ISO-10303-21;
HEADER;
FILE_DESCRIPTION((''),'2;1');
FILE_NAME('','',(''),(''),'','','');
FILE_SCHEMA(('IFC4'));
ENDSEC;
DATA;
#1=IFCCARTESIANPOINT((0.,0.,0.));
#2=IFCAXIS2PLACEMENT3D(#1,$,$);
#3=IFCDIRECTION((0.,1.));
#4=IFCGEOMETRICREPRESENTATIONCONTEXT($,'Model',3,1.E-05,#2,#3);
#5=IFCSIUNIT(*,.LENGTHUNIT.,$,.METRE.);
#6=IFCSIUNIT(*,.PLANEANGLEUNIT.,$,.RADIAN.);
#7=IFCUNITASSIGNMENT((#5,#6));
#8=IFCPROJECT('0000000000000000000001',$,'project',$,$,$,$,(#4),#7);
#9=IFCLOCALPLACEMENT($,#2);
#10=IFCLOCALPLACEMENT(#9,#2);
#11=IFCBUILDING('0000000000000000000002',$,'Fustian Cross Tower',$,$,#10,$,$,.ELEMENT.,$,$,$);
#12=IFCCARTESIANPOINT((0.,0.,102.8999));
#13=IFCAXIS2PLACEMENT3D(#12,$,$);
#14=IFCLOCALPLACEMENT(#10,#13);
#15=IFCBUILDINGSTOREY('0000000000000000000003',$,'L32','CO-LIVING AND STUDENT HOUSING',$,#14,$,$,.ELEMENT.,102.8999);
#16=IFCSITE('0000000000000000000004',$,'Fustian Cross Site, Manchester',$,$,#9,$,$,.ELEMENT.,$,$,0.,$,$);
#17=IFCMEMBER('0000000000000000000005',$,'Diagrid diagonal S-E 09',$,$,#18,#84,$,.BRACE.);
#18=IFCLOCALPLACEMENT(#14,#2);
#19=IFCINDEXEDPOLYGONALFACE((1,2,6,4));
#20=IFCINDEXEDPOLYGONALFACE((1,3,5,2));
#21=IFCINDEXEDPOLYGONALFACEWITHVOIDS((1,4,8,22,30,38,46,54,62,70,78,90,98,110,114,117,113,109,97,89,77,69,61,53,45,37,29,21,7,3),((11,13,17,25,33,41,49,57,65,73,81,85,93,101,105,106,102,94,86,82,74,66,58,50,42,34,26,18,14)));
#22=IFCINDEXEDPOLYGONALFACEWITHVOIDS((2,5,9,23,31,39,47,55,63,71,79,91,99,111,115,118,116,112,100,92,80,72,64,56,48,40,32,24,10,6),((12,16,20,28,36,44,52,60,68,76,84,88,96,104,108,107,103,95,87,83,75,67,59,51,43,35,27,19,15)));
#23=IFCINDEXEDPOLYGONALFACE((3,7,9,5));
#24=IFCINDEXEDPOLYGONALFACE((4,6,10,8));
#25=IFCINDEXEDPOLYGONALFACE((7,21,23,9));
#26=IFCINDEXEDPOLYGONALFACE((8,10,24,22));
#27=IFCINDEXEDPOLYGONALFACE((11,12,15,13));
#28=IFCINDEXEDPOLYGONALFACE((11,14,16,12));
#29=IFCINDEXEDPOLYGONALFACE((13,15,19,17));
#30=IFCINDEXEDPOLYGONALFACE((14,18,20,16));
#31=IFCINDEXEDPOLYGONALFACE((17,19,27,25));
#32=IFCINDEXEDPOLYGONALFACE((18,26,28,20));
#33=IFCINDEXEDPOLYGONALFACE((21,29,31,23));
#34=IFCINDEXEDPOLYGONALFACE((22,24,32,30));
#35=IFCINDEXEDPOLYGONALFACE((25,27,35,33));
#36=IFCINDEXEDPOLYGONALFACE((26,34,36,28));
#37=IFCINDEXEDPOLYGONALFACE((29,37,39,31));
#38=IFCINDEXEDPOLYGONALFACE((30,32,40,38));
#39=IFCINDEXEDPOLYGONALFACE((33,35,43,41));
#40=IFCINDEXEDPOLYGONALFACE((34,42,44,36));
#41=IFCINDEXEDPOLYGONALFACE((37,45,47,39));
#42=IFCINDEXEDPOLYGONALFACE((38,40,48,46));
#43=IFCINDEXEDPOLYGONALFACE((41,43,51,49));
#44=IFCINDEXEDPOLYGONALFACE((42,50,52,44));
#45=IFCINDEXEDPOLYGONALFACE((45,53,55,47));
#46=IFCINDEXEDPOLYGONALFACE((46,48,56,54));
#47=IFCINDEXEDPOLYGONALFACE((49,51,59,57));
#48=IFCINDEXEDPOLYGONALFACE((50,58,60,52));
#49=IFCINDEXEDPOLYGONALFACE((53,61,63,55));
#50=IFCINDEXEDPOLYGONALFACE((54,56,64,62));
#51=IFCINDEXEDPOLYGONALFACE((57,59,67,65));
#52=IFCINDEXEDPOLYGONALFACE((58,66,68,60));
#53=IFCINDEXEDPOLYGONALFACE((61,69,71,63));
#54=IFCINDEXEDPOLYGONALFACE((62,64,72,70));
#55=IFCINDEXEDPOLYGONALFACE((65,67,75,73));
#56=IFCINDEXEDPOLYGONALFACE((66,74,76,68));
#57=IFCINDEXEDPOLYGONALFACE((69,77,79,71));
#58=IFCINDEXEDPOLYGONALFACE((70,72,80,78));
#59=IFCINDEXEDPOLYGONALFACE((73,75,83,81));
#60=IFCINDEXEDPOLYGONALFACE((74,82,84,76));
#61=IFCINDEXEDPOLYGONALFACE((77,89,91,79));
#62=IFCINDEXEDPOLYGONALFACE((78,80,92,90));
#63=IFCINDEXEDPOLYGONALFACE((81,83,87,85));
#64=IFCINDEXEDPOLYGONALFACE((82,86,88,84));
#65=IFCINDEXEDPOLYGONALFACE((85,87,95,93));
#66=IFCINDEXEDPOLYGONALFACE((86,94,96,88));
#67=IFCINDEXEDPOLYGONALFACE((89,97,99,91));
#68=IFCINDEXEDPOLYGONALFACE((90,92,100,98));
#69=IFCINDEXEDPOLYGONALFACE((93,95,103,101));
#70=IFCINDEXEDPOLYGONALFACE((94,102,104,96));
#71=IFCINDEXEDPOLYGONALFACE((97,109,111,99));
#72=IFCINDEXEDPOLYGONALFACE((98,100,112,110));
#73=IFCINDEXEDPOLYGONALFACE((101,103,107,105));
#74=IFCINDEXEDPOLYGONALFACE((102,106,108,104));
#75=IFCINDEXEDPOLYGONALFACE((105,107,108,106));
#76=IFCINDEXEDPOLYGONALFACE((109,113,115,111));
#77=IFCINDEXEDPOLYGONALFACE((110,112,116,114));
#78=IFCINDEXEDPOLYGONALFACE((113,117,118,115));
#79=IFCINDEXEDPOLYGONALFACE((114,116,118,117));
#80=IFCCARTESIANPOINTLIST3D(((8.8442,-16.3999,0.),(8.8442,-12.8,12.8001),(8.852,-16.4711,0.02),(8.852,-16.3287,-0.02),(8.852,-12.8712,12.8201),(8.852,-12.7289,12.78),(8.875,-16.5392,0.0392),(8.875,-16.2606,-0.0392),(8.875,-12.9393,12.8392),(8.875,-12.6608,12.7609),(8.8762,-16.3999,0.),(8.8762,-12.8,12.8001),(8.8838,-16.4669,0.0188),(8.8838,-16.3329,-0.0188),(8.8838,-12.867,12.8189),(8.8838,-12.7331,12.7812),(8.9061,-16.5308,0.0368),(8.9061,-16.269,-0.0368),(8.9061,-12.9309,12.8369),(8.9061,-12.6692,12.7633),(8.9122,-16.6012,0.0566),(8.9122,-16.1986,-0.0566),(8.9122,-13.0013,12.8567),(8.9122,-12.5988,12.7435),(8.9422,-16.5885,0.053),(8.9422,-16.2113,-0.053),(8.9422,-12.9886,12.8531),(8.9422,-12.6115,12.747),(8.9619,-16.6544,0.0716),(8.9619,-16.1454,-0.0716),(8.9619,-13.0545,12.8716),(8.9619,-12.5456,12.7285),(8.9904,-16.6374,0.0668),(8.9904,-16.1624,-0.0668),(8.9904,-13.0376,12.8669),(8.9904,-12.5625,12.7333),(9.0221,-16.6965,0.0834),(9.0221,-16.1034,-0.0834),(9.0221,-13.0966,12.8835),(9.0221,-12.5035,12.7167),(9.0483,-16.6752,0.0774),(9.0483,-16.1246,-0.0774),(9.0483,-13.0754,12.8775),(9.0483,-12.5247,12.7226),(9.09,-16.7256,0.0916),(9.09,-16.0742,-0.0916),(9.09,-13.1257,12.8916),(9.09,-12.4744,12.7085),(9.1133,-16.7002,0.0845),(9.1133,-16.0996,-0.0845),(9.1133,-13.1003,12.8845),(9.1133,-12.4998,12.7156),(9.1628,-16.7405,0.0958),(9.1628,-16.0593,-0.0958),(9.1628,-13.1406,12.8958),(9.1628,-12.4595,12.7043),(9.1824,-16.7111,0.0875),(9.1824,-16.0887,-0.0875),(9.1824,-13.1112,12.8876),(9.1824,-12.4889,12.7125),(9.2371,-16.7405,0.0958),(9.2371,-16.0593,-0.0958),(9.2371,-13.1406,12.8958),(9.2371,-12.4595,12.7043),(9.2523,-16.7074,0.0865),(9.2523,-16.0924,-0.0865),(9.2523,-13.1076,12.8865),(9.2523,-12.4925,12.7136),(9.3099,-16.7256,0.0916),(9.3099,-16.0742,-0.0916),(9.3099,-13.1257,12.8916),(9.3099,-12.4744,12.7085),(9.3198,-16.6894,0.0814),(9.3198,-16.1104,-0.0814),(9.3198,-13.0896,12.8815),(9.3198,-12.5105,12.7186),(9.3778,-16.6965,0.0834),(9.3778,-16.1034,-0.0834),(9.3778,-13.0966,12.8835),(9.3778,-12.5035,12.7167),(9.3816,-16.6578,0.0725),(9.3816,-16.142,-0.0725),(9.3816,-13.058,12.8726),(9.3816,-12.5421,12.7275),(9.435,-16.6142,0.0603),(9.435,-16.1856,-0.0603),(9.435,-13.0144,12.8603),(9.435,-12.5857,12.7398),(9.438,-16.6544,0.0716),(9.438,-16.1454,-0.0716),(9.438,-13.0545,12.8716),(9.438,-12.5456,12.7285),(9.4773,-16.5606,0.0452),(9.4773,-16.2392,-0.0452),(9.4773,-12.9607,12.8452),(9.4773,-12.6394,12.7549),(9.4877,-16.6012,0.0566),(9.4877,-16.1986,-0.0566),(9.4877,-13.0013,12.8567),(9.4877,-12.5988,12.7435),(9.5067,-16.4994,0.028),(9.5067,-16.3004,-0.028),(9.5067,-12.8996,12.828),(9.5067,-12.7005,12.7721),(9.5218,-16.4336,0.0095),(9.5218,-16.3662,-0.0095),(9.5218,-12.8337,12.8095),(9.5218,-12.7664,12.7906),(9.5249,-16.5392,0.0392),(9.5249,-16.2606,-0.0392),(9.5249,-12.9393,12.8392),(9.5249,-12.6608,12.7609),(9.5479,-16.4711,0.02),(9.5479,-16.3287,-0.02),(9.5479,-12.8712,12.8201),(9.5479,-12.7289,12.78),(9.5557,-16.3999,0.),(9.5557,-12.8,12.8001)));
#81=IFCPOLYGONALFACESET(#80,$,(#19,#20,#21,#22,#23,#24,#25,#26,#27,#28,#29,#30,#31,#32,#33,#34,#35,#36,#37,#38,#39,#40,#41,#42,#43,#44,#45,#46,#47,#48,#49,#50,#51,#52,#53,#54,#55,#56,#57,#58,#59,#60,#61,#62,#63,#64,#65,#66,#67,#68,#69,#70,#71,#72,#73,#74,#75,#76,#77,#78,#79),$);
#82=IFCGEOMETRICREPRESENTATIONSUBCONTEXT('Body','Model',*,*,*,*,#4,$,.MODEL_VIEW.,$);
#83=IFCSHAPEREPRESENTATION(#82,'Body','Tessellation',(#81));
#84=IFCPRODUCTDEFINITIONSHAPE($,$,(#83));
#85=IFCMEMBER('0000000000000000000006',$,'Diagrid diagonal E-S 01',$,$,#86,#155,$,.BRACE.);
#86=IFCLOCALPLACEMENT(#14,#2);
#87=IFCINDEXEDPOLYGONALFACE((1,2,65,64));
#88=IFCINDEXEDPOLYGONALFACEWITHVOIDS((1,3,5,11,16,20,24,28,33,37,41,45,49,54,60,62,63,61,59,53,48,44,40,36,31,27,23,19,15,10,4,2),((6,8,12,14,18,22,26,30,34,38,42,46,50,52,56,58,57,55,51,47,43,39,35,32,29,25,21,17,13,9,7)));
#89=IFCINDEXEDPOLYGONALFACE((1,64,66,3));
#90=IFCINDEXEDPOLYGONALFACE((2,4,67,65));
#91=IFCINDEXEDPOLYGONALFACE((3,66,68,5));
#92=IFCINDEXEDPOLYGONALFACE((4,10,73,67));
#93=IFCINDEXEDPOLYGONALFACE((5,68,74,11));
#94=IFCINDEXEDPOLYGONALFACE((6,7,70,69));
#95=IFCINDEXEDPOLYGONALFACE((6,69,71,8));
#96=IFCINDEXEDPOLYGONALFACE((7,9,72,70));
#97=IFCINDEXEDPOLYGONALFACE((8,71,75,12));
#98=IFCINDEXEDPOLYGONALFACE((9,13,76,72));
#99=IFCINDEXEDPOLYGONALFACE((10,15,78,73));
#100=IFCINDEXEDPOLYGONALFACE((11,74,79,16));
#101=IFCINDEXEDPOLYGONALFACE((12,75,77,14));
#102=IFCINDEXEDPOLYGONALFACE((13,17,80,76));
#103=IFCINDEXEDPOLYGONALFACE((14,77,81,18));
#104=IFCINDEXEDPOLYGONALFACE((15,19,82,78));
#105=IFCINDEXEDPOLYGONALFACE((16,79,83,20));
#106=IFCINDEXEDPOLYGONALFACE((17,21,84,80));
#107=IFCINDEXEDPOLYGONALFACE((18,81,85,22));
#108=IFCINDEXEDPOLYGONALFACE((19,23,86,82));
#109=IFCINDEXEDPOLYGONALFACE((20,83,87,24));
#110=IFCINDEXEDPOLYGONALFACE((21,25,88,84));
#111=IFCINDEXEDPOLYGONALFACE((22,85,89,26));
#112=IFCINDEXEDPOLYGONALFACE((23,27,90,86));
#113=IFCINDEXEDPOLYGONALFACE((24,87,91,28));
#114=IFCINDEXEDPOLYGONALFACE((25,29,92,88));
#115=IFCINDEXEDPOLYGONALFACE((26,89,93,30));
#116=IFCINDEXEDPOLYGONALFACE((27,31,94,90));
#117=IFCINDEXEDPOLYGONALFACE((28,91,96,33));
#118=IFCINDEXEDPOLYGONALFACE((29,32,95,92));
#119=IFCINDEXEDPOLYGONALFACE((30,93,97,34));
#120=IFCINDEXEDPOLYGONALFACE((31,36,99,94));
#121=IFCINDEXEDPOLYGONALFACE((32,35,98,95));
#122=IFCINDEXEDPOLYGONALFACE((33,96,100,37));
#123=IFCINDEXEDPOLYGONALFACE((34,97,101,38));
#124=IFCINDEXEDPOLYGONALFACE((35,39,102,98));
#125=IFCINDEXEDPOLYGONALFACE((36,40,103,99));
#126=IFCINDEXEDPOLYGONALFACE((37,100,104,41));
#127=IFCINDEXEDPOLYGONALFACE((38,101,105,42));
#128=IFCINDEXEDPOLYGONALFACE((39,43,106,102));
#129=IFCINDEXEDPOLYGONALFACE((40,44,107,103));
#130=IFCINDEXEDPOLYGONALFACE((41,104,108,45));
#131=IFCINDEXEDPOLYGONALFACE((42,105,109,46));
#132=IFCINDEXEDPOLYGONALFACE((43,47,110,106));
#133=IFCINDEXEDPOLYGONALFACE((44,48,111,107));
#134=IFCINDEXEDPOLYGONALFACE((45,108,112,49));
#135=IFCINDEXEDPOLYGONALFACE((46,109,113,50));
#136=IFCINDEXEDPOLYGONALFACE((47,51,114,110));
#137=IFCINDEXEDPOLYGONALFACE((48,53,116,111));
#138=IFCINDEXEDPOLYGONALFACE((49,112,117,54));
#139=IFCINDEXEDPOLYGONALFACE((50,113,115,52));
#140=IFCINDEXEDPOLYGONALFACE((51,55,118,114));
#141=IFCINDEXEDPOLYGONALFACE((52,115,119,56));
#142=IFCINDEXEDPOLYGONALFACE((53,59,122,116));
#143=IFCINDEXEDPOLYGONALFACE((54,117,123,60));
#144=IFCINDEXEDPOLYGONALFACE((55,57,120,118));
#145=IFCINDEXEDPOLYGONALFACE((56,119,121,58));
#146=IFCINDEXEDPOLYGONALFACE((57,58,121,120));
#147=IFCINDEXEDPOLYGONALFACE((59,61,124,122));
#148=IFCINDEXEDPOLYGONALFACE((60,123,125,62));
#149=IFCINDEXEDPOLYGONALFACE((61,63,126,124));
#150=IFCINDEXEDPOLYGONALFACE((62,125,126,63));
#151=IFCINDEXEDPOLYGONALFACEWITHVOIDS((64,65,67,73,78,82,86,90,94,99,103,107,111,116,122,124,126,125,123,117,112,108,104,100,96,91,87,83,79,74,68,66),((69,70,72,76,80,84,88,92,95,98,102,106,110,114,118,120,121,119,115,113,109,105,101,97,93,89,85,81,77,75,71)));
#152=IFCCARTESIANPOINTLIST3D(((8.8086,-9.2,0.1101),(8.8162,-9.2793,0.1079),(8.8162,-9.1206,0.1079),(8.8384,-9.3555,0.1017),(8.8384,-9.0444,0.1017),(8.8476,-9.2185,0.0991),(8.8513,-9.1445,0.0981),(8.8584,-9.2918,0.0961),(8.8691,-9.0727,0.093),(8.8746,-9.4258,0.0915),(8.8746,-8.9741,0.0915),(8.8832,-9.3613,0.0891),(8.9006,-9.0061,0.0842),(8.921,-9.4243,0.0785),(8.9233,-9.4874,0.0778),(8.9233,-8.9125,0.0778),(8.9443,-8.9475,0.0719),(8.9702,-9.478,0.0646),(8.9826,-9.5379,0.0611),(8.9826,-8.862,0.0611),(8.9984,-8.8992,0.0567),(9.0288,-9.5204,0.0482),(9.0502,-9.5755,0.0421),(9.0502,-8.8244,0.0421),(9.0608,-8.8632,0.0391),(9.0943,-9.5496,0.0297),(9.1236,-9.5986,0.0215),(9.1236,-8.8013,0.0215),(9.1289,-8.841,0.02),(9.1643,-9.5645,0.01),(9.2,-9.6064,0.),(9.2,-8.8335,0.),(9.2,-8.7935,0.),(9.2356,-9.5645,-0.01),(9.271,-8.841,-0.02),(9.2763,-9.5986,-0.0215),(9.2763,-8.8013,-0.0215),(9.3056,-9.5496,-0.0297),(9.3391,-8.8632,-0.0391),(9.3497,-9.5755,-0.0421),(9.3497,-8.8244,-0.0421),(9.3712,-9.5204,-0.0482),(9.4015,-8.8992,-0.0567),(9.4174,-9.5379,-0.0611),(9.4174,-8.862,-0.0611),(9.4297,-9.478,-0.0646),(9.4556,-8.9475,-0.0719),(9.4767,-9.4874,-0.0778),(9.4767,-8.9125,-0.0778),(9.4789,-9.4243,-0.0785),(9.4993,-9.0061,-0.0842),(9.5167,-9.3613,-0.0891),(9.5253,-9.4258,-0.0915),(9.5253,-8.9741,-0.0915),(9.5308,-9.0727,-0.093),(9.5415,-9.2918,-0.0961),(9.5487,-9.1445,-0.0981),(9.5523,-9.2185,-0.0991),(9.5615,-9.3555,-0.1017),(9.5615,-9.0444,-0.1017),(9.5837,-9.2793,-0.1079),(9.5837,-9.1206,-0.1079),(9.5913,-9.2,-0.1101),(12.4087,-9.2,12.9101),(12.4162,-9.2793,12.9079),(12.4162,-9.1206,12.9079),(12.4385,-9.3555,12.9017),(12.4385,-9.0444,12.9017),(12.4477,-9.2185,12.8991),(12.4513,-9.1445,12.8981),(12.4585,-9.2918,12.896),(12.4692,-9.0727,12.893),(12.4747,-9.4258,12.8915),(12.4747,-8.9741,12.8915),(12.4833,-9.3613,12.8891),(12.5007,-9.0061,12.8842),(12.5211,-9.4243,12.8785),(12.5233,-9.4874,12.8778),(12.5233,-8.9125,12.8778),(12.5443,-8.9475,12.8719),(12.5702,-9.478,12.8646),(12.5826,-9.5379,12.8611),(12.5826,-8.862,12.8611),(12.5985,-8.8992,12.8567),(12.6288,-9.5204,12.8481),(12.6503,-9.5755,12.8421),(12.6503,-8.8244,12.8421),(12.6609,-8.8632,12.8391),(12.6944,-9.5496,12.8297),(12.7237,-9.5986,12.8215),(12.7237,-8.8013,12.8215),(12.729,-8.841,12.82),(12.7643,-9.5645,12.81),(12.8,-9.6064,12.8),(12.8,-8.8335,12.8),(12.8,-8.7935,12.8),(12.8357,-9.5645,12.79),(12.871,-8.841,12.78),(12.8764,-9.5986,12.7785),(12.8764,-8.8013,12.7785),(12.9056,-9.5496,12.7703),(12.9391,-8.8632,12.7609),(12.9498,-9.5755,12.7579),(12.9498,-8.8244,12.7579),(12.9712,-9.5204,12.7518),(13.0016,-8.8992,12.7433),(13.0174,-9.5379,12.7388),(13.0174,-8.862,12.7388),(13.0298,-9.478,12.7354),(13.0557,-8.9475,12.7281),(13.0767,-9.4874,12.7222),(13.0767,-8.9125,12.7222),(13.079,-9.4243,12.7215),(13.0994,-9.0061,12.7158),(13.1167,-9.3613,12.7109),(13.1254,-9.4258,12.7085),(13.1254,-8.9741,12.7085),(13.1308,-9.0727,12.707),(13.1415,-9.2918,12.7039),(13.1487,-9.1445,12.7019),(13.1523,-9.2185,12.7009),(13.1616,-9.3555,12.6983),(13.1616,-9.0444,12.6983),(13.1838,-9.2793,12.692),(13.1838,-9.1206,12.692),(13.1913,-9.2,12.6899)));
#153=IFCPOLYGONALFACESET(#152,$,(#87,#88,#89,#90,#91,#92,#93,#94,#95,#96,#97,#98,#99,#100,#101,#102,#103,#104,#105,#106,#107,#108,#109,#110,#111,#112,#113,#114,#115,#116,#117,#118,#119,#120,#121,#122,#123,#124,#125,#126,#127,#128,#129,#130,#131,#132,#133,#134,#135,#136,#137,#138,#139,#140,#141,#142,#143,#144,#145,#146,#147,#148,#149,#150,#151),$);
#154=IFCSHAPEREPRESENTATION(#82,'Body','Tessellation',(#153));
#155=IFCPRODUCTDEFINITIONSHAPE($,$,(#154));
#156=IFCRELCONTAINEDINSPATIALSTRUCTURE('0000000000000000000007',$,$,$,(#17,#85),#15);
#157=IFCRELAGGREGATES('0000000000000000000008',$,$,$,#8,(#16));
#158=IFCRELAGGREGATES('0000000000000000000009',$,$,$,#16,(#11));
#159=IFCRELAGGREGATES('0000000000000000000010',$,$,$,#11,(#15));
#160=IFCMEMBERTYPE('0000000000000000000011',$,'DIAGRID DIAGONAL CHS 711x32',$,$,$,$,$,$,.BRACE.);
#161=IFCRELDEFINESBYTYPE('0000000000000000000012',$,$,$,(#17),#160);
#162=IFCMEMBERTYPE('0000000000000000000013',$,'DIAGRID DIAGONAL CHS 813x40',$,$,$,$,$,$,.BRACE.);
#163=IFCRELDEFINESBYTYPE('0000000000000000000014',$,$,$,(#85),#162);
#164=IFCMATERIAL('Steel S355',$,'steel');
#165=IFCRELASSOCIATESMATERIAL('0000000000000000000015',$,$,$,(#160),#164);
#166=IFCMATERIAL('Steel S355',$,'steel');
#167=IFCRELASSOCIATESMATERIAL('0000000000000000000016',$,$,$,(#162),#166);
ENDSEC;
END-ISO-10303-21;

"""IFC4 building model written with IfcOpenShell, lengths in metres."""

from ifc_helpers import new_model, si_unit, direction, frame, origin, origin_2d, place, context, subcontext, project, spatial, hollow_circle, extrude, material, material_profile, profile_set, type_object, element, save


model = new_model("IFC4")

# Units and contexts
model_context = context("Model", 3, precision=1e-05, world=origin(), true_north=direction((0.0, 1.0)))
body_context = subcontext(model_context, "Body", "Model", "MODEL_VIEW")
ifc_project = project(units=[si_unit("LENGTHUNIT", "METRE"), si_unit("PLANEANGLEUNIT", "RADIAN")], contexts=[model_context])

# Site, building, storey
site_placement = place(None, origin())
site = spatial("IfcSite", under=ifc_project, at=site_placement, Name="Fustian Cross Site, Manchester", CompositionType="ELEMENT", RefElevation=0.0)
building_placement = place(site_placement, origin())
building = spatial("IfcBuilding", under=site, at=building_placement, Name="Fustian Cross Tower", CompositionType="ELEMENT")
storey_placement = place(building_placement, frame((0.0, 0.0, 102.8999)))
storey = spatial("IfcBuildingStorey", under=building, at=storey_placement, Name="L32", Description="CO-LIVING AND STUDENT HOUSING", CompositionType="ELEMENT", Elevation=102.8999)

# Members
ifc_material_1 = material(Name="Steel S355", Category="steel")
ifc_material_profile_1 = material_profile(ifc_material_1, hollow_circle(Radius=0.3557, WallThickness=0.032, at=origin_2d()), Name="CHS 711x32")
ifc_profile_set_1 = profile_set([ifc_material_profile_1], Name="Steel S355")
member_type_1 = type_object("IfcMemberType", Name="DIAGRID DIAGONAL CHS 711x32", PredefinedType="BRACE", material=ifc_profile_set_1)
for number, where, z_axis, x_axis, name in (
    (1, (9.2, -16.3999, 0.0), (0.0, 0.270734, 0.962654), (-1.0, 0.0, 0.0), "Diagrid diagonal S-E 09"),
):
    element("IfcMember", number, at=place(storey_placement, frame(where, z_axis=z_axis, x_axis=x_axis)), inside=storey, type_object=member_type_1, Name=name, PredefinedType="BRACE", context=body_context, shape_type="SweptSolid", body=[
        extrude(hollow_circle(Radius=0.3557, WallThickness=0.032, at=origin_2d()), origin(), (0.0, 0.0, 1.0), 13.2966),
    ])
ifc_material_2 = material(Name="Steel S355", Category="steel")
ifc_material_profile_2 = material_profile(ifc_material_2, hollow_circle(Radius=0.4065, WallThickness=0.04, at=origin_2d()), Name="CHS 813x40")
ifc_profile_set_2 = profile_set([ifc_material_profile_2], Name="Steel S355")
member_type_2 = type_object("IfcMemberType", Name="DIAGRID DIAGONAL CHS 813x40", PredefinedType="BRACE", material=ifc_profile_set_2)
for number, where, z_axis, x_axis, name in (
    (2, (9.2, -9.2, 0.0), (0.270751, 0.0, 0.962649), (0.0, 1.0, 0.0), "Diagrid diagonal E-S 01"),
):
    element("IfcMember", number, at=place(storey_placement, frame(where, z_axis=z_axis, x_axis=x_axis)), inside=storey, type_object=member_type_2, Name=name, PredefinedType="BRACE", context=body_context, shape_type="SweptSolid", body=[
        extrude(hollow_circle(Radius=0.4065, WallThickness=0.04, at=origin_2d()), origin(), (0.0, 0.0, 1.0), 13.2966),
    ])

save(model, "model.ifc")
